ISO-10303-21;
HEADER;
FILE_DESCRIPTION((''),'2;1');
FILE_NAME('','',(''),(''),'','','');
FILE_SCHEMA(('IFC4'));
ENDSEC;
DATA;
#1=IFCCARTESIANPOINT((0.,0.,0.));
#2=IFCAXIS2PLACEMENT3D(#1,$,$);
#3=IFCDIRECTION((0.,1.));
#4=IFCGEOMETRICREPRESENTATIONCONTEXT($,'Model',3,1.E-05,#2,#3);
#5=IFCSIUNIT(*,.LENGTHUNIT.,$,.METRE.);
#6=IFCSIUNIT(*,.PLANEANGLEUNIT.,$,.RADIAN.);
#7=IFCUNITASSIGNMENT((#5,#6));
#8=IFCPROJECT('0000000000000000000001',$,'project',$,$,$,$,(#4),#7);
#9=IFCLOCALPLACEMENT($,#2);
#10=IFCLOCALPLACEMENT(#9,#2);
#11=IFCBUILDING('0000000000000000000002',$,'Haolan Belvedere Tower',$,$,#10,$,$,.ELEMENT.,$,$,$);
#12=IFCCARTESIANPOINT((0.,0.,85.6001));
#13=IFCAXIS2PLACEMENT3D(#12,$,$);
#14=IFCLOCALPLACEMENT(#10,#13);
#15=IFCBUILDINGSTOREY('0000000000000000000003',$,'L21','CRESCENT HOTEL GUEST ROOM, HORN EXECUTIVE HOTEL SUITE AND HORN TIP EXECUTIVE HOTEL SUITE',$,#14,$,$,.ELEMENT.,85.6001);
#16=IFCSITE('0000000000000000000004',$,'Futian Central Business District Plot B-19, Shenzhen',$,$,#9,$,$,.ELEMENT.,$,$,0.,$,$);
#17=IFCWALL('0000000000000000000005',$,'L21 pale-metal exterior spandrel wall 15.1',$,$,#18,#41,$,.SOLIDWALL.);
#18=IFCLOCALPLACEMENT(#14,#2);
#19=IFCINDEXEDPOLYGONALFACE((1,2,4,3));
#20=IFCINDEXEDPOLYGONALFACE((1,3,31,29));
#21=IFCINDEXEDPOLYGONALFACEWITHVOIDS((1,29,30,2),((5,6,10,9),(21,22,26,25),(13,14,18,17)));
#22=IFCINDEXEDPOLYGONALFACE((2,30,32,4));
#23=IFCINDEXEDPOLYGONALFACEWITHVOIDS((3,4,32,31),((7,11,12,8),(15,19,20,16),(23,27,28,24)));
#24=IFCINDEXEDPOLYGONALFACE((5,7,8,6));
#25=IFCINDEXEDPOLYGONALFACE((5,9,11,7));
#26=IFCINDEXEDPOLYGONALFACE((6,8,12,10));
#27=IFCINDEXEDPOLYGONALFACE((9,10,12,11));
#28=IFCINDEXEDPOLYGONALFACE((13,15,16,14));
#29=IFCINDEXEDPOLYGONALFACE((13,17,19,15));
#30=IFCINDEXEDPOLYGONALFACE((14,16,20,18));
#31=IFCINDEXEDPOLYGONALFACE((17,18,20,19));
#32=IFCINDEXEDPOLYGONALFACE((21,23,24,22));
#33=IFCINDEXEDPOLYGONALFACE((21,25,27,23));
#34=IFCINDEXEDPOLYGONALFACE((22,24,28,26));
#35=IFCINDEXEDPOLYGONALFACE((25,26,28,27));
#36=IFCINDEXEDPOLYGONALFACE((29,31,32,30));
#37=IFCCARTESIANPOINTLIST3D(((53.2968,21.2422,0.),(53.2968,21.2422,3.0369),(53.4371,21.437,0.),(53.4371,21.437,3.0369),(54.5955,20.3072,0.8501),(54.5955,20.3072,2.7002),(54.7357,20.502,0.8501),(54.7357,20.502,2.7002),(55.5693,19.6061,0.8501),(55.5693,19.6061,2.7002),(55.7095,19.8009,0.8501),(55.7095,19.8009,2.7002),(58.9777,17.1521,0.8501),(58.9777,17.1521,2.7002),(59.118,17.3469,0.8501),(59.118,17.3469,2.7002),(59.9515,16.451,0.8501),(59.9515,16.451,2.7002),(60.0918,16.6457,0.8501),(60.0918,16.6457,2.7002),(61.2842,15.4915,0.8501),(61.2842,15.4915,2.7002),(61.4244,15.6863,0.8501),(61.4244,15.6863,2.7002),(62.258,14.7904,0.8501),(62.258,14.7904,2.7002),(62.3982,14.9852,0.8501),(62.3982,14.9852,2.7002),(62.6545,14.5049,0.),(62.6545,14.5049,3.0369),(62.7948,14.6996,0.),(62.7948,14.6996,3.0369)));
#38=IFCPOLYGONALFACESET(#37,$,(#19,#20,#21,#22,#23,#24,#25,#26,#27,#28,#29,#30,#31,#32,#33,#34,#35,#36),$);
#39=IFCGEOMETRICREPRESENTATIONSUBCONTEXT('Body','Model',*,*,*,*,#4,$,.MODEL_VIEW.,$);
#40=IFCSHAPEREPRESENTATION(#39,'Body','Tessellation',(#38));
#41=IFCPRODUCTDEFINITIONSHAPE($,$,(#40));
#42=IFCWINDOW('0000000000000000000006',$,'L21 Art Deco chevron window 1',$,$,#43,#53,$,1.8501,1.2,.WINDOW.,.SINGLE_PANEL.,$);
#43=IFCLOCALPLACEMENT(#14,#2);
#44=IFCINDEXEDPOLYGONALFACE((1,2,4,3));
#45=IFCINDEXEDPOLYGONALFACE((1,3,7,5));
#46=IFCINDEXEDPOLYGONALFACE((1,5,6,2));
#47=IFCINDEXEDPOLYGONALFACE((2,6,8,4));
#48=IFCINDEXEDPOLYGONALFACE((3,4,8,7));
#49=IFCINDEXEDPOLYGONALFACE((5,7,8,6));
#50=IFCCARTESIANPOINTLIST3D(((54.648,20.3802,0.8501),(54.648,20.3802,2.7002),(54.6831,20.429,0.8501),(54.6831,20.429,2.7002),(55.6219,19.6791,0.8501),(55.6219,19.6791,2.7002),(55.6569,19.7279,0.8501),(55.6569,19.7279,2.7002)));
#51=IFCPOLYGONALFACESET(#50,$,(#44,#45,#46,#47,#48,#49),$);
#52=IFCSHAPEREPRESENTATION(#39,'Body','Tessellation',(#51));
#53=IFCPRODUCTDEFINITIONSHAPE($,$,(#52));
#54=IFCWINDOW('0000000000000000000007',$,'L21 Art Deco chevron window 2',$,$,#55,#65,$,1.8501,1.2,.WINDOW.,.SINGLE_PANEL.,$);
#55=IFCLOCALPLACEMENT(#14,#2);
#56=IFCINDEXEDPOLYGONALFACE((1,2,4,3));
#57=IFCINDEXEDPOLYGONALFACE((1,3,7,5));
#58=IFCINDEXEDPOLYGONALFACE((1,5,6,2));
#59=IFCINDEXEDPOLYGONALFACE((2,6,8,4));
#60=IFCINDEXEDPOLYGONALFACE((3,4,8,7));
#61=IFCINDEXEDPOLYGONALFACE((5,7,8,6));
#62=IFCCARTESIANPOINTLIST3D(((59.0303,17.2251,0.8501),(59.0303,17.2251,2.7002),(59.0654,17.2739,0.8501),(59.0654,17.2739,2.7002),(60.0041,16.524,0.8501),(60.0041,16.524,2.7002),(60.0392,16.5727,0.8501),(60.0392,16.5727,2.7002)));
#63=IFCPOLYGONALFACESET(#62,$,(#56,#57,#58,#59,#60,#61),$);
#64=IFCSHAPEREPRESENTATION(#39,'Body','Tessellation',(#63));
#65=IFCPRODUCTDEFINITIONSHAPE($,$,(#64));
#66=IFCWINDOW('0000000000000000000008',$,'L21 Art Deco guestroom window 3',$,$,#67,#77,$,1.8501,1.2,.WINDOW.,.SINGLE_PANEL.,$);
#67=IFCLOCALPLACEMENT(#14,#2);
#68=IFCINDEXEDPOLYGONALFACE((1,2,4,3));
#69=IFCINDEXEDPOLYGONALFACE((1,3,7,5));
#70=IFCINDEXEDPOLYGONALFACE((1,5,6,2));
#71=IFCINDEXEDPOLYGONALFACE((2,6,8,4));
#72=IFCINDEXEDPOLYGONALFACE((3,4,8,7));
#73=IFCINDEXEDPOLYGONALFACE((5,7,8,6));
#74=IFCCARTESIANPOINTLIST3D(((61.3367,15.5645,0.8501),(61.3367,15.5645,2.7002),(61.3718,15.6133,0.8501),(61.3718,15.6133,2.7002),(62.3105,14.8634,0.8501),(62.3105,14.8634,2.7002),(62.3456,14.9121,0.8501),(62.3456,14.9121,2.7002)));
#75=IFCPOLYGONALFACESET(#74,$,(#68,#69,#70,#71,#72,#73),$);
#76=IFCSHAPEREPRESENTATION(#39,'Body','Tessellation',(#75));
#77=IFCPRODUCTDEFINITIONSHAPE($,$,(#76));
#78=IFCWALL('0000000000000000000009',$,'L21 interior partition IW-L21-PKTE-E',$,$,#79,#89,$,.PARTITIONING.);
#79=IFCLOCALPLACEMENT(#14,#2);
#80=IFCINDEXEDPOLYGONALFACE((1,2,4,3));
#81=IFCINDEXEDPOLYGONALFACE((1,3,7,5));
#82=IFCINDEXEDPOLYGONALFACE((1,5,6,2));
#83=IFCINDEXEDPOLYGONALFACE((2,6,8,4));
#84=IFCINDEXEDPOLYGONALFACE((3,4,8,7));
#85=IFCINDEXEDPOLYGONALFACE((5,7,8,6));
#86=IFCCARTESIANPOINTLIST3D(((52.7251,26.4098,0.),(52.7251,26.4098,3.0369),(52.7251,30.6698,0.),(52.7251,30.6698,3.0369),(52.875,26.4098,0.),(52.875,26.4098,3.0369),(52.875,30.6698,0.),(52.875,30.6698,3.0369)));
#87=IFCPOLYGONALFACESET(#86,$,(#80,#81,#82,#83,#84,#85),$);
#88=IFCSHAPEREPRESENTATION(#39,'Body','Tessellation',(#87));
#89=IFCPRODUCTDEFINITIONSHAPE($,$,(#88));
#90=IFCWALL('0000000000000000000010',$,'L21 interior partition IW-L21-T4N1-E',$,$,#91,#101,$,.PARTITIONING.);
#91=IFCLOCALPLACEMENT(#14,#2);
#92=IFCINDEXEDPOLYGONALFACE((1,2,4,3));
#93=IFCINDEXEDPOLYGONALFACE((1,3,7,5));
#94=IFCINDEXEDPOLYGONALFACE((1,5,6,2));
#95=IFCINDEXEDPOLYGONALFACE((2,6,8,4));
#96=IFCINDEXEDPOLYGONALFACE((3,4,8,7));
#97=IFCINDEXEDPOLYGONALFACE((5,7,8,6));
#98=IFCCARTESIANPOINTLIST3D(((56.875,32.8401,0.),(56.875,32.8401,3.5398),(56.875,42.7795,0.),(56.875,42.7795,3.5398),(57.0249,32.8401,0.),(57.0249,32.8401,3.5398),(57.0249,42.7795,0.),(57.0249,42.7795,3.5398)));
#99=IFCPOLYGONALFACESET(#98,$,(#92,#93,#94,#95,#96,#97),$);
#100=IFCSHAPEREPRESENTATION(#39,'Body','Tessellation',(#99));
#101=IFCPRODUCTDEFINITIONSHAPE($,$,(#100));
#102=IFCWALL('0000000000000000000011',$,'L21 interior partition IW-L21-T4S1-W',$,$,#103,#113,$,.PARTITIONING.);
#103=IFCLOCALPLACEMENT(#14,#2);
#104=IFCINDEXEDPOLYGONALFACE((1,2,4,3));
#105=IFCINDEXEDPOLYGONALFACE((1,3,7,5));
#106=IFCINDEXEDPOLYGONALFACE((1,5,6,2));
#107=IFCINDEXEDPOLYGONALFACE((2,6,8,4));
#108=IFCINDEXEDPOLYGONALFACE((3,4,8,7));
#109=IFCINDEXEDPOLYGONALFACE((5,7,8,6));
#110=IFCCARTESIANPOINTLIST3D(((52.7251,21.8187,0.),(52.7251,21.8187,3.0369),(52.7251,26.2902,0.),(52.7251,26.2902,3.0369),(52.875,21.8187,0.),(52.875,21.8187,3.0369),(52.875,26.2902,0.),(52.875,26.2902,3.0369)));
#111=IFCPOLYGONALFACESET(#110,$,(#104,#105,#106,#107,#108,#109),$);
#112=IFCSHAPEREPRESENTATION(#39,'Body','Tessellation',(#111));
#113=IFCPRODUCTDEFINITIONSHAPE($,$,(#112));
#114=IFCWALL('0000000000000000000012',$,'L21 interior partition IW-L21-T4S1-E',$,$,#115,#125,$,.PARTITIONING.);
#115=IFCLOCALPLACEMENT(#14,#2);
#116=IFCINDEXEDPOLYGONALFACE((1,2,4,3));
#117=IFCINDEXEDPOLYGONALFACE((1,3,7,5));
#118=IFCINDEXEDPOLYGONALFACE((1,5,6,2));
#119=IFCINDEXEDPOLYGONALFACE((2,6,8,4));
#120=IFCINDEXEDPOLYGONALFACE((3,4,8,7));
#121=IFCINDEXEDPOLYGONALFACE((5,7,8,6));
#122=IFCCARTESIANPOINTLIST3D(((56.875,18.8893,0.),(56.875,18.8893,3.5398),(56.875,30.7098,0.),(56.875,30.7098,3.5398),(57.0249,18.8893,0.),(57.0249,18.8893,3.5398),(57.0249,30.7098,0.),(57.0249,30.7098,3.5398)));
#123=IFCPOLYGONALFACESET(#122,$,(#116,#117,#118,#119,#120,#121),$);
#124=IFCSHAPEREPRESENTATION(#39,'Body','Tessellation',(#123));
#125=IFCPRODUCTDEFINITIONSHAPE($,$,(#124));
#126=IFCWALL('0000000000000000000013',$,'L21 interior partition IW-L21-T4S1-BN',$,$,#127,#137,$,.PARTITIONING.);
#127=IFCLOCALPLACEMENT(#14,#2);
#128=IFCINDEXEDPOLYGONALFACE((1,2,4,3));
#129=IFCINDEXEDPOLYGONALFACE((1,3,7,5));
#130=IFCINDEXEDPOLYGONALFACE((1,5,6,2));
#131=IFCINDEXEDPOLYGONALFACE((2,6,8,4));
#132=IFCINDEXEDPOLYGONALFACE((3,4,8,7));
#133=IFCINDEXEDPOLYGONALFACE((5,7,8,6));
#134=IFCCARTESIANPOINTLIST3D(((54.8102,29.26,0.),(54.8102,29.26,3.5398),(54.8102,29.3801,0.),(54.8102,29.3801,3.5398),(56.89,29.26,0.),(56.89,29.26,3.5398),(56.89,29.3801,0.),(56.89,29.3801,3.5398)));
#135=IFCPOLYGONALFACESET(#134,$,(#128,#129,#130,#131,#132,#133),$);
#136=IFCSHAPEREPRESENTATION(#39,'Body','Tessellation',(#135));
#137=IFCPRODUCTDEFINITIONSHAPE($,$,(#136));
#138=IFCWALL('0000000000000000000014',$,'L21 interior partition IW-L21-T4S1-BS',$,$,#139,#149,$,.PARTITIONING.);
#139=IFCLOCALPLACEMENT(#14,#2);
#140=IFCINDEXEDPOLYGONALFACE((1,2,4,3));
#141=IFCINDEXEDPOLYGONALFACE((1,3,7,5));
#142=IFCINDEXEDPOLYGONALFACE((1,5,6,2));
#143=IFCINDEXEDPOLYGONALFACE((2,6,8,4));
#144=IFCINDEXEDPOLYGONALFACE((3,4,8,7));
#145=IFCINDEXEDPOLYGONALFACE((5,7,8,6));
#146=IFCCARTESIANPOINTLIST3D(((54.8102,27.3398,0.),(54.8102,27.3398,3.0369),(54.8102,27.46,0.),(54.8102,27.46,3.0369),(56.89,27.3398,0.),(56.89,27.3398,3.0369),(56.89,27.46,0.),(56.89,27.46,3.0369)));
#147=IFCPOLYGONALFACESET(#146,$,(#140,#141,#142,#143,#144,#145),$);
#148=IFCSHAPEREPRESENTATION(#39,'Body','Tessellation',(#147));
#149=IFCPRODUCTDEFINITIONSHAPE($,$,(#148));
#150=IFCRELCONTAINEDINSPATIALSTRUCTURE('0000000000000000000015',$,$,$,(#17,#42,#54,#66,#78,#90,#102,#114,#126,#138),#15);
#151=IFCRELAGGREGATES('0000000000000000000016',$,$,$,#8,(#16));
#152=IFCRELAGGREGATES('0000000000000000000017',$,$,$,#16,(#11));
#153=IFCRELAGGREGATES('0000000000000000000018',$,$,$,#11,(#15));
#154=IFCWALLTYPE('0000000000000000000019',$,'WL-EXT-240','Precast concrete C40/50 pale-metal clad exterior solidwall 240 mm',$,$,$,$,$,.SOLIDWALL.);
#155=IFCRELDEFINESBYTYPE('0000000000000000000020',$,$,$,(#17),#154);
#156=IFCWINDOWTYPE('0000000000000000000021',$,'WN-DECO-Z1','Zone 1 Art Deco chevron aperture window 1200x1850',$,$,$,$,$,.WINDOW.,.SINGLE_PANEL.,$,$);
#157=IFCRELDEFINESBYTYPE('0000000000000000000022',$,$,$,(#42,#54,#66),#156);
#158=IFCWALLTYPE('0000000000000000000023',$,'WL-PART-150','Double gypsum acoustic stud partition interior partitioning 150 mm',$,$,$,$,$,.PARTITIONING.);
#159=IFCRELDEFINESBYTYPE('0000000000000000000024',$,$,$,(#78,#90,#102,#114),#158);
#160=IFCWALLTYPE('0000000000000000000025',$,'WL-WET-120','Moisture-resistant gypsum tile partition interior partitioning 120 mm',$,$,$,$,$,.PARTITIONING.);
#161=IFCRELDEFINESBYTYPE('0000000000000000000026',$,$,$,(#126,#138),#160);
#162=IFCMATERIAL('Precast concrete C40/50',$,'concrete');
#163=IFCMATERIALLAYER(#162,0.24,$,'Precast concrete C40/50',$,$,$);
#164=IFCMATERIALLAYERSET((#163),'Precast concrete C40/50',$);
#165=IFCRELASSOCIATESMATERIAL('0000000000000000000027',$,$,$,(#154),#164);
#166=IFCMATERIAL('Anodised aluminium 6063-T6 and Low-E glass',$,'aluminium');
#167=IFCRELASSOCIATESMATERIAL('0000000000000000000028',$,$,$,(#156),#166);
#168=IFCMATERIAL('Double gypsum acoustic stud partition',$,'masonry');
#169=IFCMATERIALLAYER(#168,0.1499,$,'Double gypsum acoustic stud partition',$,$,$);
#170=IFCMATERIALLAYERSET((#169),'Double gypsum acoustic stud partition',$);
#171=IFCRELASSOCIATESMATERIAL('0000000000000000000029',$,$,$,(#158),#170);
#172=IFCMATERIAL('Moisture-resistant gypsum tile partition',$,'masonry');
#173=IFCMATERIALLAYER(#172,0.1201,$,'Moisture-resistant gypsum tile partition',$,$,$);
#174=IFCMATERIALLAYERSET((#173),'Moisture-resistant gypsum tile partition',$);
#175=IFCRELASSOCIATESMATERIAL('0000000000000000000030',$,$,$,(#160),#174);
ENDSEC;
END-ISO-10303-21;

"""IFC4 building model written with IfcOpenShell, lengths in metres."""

from ifc_helpers import new_model, si_unit, direction, frame, frame_2d, origin, place, context, subcontext, project, spatial, rectangle, extrude, material, layer, layer_set, type_object, element, fill, save


model = new_model("IFC4")

# Units and contexts
model_context = context("Model", 3, precision=1e-05, world=origin(), true_north=direction((0.0, 1.0)))
body_context = subcontext(model_context, "Body", "Model", "MODEL_VIEW")
ifc_project = project(units=[si_unit("LENGTHUNIT", "METRE"), si_unit("PLANEANGLEUNIT", "RADIAN")], contexts=[model_context])

# Site, building, storey
site_placement = place(None, origin())
site = spatial("IfcSite", under=ifc_project, at=site_placement, Name="Futian Central Business District Plot B-19, Shenzhen", CompositionType="ELEMENT", RefElevation=0.0)
building_placement = place(site_placement, origin())
building = spatial("IfcBuilding", under=site, at=building_placement, Name="Haolan Belvedere Tower", CompositionType="ELEMENT")
storey_placement = place(building_placement, frame((0.0, 0.0, 85.6001)))
storey = spatial("IfcBuildingStorey", under=building, at=storey_placement, Name="L21", Description="CRESCENT HOTEL GUEST ROOM, HORN EXECUTIVE HOTEL SUITE AND HORN TIP EXECUTIVE HOTEL SUITE", CompositionType="ELEMENT", Elevation=85.6001)

# Wall, openings, windows
ifc_material_1 = material(Name="Precast concrete C40/50", Category="concrete")
ifc_layer_1 = layer(ifc_material_1, 0.24, Name="Precast concrete C40/50")
ifc_layer_set_1 = layer_set([ifc_layer_1], Name="Precast concrete C40/50")
wall_type_1 = type_object("IfcWallType", Name="WL-EXT-240", Description="Precast concrete C40/50 pale-metal clad exterior solidwall 240 mm", PredefinedType="SOLIDWALL", material=ifc_layer_set_1)
wall_1_placement = place(storey_placement, frame((53.3669, 21.3396, 0.0), z_axis=(0.0, 0.0, 1.0), x_axis=(0.811543, -0.584292, 0.0)))
wall_1 = element("IfcWall", 1, at=wall_1_placement, inside=storey, type_object=wall_type_1, Name="L21 pale-metal exterior spandrel wall 15.1", PredefinedType="SOLIDWALL", context=body_context, shape_type="SweptSolid", body=[
    extrude(rectangle(XDim=11.5308, YDim=0.24, at=frame_2d((5.7654, 0.0))), origin(), (0.0, 0.0, 1.0), 3.0369),
])
opening_1_placement = place(wall_1_placement, frame((1.6001, 0.0, 0.8501)))
opening_1 = element("IfcOpeningElement", 2, at=opening_1_placement, cuts=wall_1, PredefinedType="OPENING", context=body_context, shape_type="SweptSolid", body=[
    extrude(rectangle(XDim=1.2, YDim=1.8501, at=frame_2d((0.6001, 0.925))), frame((0.0, 0.1299, 0.0), z_axis=(0.0, -1.0, 0.0), x_axis=(1.0, 0.0, 0.0)), (0.0, 0.0, 1.0), 0.26),
])
opening_2_placement = place(wall_1_placement, frame((7.0, 0.0, 0.8501)))
opening_2 = element("IfcOpeningElement", 3, at=opening_2_placement, cuts=wall_1, PredefinedType="OPENING", context=body_context, shape_type="SweptSolid", body=[
    extrude(rectangle(XDim=1.2, YDim=1.8501, at=frame_2d((0.6001, 0.925))), frame((0.0, 0.1299, 0.0), z_axis=(0.0, -1.0, 0.0), x_axis=(1.0, 0.0, 0.0)), (0.0, 0.0, 1.0), 0.26),
])
opening_3_placement = place(wall_1_placement, frame((9.842, 0.0, 0.8501)))
opening_3 = element("IfcOpeningElement", 4, at=opening_3_placement, cuts=wall_1, PredefinedType="OPENING", context=body_context, shape_type="SweptSolid", body=[
    extrude(rectangle(XDim=1.2, YDim=1.8501, at=frame_2d((0.6001, 0.925))), frame((0.0, 0.1299, 0.0), z_axis=(0.0, -1.0, 0.0), x_axis=(1.0, 0.0, 0.0)), (0.0, 0.0, 1.0), 0.26),
])
ifc_material_2 = material(Name="Anodised aluminium 6063-T6 and Low-E glass", Category="aluminium")
window_type = type_object("IfcWindowType", Name="WN-DECO-Z1", Description="Zone 1 Art Deco chevron aperture window 1200x1850", PartitioningType="SINGLE_PANEL", PredefinedType="WINDOW", material=ifc_material_2)
window_1_placement = place(opening_1_placement, origin())
window_1 = element("IfcWindow", 5, at=window_1_placement, inside=storey, type_object=window_type, Name="L21 Art Deco chevron window 1", OverallHeight=1.8501, OverallWidth=1.2, PartitioningType="SINGLE_PANEL", PredefinedType="WINDOW", context=body_context, shape_type="SweptSolid", body=[
    extrude(rectangle(XDim=1.2, YDim=1.8501, at=frame_2d((0.6001, 0.925))), frame((0.0, 0.03, 0.0), z_axis=(0.0, -1.0, 0.0), x_axis=(1.0, 0.0, 0.0)), (0.0, 0.0, 1.0), 0.0601),
])
fill(opening_1, window_1)
window_2_placement = place(opening_2_placement, origin())
window_2 = element("IfcWindow", 6, at=window_2_placement, inside=storey, type_object=window_type, Name="L21 Art Deco chevron window 2", OverallHeight=1.8501, OverallWidth=1.2, PartitioningType="SINGLE_PANEL", PredefinedType="WINDOW", context=body_context, shape_type="SweptSolid", body=[
    extrude(rectangle(XDim=1.2, YDim=1.8501, at=frame_2d((0.6001, 0.925))), frame((0.0, 0.03, 0.0), z_axis=(0.0, -1.0, 0.0), x_axis=(1.0, 0.0, 0.0)), (0.0, 0.0, 1.0), 0.0601),
])
fill(opening_2, window_2)
window_3_placement = place(opening_3_placement, origin())
window_3 = element("IfcWindow", 7, at=window_3_placement, inside=storey, type_object=window_type, Name="L21 Art Deco guestroom window 3", OverallHeight=1.8501, OverallWidth=1.2, PartitioningType="SINGLE_PANEL", PredefinedType="WINDOW", context=body_context, shape_type="SweptSolid", body=[
    extrude(rectangle(XDim=1.2, YDim=1.8501, at=frame_2d((0.6001, 0.925))), frame((0.0, 0.03, 0.0), z_axis=(0.0, -1.0, 0.0), x_axis=(1.0, 0.0, 0.0)), (0.0, 0.0, 1.0), 0.0601),
])
fill(opening_3, window_3)

# Walls
ifc_material_3 = material(Name="Double gypsum acoustic stud partition", Category="masonry")
ifc_layer_2 = layer(ifc_material_3, 0.1499, Name="Double gypsum acoustic stud partition")
ifc_layer_set_2 = layer_set([ifc_layer_2], Name="Double gypsum acoustic stud partition")
wall_type_2 = type_object("IfcWallType", Name="WL-PART-150", Description="Double gypsum acoustic stud partition interior partitioning 150 mm", PredefinedType="PARTITIONING", material=ifc_layer_set_2)
wall_2_placement = place(storey_placement, frame((52.8, 26.4099, 0.0), z_axis=(0.0, 0.0, 1.0), x_axis=(0.0, 1.0, 0.0)))
element("IfcWall", 8, at=wall_2_placement, inside=storey, type_object=wall_type_2, Name="L21 interior partition IW-L21-PKTE-E", PredefinedType="PARTITIONING", context=body_context, shape_type="SweptSolid", body=[
    extrude(rectangle(XDim=4.26, YDim=0.1499, at=frame_2d((2.1299, 0.0))), origin(), (0.0, 0.0, 1.0), 3.0369),
])
wall_3_placement = place(storey_placement, frame((56.95, 32.8401, 0.0), z_axis=(0.0, 0.0, 1.0), x_axis=(0.0, 1.0, 0.0)))
element("IfcWall", 9, at=wall_3_placement, inside=storey, type_object=wall_type_2, Name="L21 interior partition IW-L21-T4N1-E", PredefinedType="PARTITIONING", context=body_context, shape_type="SweptSolid", body=[
    extrude(rectangle(XDim=9.9395, YDim=0.1499, at=frame_2d((4.9697, 0.0))), origin(), (0.0, 0.0, 1.0), 3.5398),
])

# Walls
wall_4_placement = place(storey_placement, frame((52.8, 21.8186, 0.0), z_axis=(0.0, 0.0, 1.0), x_axis=(0.0, 1.0, 0.0)))
element("IfcWall", 10, at=wall_4_placement, inside=storey, type_object=wall_type_2, Name="L21 interior partition IW-L21-T4S1-W", PredefinedType="PARTITIONING", context=body_context, shape_type="SweptSolid", body=[
    extrude(rectangle(XDim=4.4714, YDim=0.1499, at=frame_2d((2.2358, 0.0))), origin(), (0.0, 0.0, 1.0), 3.0369),
])
wall_5_placement = place(storey_placement, frame((56.95, 18.8894, 0.0), z_axis=(0.0, 0.0, 1.0), x_axis=(0.0, 1.0, 0.0)))
element("IfcWall", 11, at=wall_5_placement, inside=storey, type_object=wall_type_2, Name="L21 interior partition IW-L21-T4S1-E", PredefinedType="PARTITIONING", context=body_context, shape_type="SweptSolid", body=[
    extrude(rectangle(XDim=11.8206, YDim=0.1499, at=frame_2d((5.9102, 0.0))), origin(), (0.0, 0.0, 1.0), 3.5398),
])

# Walls
ifc_material_4 = material(Name="Moisture-resistant gypsum tile partition", Category="masonry")
ifc_layer_3 = layer(ifc_material_4, 0.1201, Name="Moisture-resistant gypsum tile partition")
ifc_layer_set_3 = layer_set([ifc_layer_3], Name="Moisture-resistant gypsum tile partition")
wall_type_3 = type_object("IfcWallType", Name="WL-WET-120", Description="Moisture-resistant gypsum tile partition interior partitioning 120 mm", PredefinedType="PARTITIONING", material=ifc_layer_set_3)
wall_6_placement = place(storey_placement, frame((54.8101, 29.3201, 0.0), z_axis=(0.0, 0.0, 1.0), x_axis=(1.0, 0.0, 0.0)))
element("IfcWall", 12, at=wall_6_placement, inside=storey, type_object=wall_type_3, Name="L21 interior partition IW-L21-T4S1-BN", PredefinedType="PARTITIONING", context=body_context, shape_type="SweptSolid", body=[
    extrude(rectangle(XDim=2.0798, YDim=0.1201, at=frame_2d((1.04, 0.0))), origin(), (0.0, 0.0, 1.0), 3.5398),
])
wall_7_placement = place(storey_placement, frame((54.8101, 27.3999, 0.0), z_axis=(0.0, 0.0, 1.0), x_axis=(1.0, 0.0, 0.0)))
element("IfcWall", 13, at=wall_7_placement, inside=storey, type_object=wall_type_3, Name="L21 interior partition IW-L21-T4S1-BS", PredefinedType="PARTITIONING", context=body_context, shape_type="SweptSolid", body=[
    extrude(rectangle(XDim=2.0798, YDim=0.1201, at=frame_2d((1.04, 0.0))), origin(), (0.0, 0.0, 1.0), 3.0369),
])

save(model, "model.ifc")
